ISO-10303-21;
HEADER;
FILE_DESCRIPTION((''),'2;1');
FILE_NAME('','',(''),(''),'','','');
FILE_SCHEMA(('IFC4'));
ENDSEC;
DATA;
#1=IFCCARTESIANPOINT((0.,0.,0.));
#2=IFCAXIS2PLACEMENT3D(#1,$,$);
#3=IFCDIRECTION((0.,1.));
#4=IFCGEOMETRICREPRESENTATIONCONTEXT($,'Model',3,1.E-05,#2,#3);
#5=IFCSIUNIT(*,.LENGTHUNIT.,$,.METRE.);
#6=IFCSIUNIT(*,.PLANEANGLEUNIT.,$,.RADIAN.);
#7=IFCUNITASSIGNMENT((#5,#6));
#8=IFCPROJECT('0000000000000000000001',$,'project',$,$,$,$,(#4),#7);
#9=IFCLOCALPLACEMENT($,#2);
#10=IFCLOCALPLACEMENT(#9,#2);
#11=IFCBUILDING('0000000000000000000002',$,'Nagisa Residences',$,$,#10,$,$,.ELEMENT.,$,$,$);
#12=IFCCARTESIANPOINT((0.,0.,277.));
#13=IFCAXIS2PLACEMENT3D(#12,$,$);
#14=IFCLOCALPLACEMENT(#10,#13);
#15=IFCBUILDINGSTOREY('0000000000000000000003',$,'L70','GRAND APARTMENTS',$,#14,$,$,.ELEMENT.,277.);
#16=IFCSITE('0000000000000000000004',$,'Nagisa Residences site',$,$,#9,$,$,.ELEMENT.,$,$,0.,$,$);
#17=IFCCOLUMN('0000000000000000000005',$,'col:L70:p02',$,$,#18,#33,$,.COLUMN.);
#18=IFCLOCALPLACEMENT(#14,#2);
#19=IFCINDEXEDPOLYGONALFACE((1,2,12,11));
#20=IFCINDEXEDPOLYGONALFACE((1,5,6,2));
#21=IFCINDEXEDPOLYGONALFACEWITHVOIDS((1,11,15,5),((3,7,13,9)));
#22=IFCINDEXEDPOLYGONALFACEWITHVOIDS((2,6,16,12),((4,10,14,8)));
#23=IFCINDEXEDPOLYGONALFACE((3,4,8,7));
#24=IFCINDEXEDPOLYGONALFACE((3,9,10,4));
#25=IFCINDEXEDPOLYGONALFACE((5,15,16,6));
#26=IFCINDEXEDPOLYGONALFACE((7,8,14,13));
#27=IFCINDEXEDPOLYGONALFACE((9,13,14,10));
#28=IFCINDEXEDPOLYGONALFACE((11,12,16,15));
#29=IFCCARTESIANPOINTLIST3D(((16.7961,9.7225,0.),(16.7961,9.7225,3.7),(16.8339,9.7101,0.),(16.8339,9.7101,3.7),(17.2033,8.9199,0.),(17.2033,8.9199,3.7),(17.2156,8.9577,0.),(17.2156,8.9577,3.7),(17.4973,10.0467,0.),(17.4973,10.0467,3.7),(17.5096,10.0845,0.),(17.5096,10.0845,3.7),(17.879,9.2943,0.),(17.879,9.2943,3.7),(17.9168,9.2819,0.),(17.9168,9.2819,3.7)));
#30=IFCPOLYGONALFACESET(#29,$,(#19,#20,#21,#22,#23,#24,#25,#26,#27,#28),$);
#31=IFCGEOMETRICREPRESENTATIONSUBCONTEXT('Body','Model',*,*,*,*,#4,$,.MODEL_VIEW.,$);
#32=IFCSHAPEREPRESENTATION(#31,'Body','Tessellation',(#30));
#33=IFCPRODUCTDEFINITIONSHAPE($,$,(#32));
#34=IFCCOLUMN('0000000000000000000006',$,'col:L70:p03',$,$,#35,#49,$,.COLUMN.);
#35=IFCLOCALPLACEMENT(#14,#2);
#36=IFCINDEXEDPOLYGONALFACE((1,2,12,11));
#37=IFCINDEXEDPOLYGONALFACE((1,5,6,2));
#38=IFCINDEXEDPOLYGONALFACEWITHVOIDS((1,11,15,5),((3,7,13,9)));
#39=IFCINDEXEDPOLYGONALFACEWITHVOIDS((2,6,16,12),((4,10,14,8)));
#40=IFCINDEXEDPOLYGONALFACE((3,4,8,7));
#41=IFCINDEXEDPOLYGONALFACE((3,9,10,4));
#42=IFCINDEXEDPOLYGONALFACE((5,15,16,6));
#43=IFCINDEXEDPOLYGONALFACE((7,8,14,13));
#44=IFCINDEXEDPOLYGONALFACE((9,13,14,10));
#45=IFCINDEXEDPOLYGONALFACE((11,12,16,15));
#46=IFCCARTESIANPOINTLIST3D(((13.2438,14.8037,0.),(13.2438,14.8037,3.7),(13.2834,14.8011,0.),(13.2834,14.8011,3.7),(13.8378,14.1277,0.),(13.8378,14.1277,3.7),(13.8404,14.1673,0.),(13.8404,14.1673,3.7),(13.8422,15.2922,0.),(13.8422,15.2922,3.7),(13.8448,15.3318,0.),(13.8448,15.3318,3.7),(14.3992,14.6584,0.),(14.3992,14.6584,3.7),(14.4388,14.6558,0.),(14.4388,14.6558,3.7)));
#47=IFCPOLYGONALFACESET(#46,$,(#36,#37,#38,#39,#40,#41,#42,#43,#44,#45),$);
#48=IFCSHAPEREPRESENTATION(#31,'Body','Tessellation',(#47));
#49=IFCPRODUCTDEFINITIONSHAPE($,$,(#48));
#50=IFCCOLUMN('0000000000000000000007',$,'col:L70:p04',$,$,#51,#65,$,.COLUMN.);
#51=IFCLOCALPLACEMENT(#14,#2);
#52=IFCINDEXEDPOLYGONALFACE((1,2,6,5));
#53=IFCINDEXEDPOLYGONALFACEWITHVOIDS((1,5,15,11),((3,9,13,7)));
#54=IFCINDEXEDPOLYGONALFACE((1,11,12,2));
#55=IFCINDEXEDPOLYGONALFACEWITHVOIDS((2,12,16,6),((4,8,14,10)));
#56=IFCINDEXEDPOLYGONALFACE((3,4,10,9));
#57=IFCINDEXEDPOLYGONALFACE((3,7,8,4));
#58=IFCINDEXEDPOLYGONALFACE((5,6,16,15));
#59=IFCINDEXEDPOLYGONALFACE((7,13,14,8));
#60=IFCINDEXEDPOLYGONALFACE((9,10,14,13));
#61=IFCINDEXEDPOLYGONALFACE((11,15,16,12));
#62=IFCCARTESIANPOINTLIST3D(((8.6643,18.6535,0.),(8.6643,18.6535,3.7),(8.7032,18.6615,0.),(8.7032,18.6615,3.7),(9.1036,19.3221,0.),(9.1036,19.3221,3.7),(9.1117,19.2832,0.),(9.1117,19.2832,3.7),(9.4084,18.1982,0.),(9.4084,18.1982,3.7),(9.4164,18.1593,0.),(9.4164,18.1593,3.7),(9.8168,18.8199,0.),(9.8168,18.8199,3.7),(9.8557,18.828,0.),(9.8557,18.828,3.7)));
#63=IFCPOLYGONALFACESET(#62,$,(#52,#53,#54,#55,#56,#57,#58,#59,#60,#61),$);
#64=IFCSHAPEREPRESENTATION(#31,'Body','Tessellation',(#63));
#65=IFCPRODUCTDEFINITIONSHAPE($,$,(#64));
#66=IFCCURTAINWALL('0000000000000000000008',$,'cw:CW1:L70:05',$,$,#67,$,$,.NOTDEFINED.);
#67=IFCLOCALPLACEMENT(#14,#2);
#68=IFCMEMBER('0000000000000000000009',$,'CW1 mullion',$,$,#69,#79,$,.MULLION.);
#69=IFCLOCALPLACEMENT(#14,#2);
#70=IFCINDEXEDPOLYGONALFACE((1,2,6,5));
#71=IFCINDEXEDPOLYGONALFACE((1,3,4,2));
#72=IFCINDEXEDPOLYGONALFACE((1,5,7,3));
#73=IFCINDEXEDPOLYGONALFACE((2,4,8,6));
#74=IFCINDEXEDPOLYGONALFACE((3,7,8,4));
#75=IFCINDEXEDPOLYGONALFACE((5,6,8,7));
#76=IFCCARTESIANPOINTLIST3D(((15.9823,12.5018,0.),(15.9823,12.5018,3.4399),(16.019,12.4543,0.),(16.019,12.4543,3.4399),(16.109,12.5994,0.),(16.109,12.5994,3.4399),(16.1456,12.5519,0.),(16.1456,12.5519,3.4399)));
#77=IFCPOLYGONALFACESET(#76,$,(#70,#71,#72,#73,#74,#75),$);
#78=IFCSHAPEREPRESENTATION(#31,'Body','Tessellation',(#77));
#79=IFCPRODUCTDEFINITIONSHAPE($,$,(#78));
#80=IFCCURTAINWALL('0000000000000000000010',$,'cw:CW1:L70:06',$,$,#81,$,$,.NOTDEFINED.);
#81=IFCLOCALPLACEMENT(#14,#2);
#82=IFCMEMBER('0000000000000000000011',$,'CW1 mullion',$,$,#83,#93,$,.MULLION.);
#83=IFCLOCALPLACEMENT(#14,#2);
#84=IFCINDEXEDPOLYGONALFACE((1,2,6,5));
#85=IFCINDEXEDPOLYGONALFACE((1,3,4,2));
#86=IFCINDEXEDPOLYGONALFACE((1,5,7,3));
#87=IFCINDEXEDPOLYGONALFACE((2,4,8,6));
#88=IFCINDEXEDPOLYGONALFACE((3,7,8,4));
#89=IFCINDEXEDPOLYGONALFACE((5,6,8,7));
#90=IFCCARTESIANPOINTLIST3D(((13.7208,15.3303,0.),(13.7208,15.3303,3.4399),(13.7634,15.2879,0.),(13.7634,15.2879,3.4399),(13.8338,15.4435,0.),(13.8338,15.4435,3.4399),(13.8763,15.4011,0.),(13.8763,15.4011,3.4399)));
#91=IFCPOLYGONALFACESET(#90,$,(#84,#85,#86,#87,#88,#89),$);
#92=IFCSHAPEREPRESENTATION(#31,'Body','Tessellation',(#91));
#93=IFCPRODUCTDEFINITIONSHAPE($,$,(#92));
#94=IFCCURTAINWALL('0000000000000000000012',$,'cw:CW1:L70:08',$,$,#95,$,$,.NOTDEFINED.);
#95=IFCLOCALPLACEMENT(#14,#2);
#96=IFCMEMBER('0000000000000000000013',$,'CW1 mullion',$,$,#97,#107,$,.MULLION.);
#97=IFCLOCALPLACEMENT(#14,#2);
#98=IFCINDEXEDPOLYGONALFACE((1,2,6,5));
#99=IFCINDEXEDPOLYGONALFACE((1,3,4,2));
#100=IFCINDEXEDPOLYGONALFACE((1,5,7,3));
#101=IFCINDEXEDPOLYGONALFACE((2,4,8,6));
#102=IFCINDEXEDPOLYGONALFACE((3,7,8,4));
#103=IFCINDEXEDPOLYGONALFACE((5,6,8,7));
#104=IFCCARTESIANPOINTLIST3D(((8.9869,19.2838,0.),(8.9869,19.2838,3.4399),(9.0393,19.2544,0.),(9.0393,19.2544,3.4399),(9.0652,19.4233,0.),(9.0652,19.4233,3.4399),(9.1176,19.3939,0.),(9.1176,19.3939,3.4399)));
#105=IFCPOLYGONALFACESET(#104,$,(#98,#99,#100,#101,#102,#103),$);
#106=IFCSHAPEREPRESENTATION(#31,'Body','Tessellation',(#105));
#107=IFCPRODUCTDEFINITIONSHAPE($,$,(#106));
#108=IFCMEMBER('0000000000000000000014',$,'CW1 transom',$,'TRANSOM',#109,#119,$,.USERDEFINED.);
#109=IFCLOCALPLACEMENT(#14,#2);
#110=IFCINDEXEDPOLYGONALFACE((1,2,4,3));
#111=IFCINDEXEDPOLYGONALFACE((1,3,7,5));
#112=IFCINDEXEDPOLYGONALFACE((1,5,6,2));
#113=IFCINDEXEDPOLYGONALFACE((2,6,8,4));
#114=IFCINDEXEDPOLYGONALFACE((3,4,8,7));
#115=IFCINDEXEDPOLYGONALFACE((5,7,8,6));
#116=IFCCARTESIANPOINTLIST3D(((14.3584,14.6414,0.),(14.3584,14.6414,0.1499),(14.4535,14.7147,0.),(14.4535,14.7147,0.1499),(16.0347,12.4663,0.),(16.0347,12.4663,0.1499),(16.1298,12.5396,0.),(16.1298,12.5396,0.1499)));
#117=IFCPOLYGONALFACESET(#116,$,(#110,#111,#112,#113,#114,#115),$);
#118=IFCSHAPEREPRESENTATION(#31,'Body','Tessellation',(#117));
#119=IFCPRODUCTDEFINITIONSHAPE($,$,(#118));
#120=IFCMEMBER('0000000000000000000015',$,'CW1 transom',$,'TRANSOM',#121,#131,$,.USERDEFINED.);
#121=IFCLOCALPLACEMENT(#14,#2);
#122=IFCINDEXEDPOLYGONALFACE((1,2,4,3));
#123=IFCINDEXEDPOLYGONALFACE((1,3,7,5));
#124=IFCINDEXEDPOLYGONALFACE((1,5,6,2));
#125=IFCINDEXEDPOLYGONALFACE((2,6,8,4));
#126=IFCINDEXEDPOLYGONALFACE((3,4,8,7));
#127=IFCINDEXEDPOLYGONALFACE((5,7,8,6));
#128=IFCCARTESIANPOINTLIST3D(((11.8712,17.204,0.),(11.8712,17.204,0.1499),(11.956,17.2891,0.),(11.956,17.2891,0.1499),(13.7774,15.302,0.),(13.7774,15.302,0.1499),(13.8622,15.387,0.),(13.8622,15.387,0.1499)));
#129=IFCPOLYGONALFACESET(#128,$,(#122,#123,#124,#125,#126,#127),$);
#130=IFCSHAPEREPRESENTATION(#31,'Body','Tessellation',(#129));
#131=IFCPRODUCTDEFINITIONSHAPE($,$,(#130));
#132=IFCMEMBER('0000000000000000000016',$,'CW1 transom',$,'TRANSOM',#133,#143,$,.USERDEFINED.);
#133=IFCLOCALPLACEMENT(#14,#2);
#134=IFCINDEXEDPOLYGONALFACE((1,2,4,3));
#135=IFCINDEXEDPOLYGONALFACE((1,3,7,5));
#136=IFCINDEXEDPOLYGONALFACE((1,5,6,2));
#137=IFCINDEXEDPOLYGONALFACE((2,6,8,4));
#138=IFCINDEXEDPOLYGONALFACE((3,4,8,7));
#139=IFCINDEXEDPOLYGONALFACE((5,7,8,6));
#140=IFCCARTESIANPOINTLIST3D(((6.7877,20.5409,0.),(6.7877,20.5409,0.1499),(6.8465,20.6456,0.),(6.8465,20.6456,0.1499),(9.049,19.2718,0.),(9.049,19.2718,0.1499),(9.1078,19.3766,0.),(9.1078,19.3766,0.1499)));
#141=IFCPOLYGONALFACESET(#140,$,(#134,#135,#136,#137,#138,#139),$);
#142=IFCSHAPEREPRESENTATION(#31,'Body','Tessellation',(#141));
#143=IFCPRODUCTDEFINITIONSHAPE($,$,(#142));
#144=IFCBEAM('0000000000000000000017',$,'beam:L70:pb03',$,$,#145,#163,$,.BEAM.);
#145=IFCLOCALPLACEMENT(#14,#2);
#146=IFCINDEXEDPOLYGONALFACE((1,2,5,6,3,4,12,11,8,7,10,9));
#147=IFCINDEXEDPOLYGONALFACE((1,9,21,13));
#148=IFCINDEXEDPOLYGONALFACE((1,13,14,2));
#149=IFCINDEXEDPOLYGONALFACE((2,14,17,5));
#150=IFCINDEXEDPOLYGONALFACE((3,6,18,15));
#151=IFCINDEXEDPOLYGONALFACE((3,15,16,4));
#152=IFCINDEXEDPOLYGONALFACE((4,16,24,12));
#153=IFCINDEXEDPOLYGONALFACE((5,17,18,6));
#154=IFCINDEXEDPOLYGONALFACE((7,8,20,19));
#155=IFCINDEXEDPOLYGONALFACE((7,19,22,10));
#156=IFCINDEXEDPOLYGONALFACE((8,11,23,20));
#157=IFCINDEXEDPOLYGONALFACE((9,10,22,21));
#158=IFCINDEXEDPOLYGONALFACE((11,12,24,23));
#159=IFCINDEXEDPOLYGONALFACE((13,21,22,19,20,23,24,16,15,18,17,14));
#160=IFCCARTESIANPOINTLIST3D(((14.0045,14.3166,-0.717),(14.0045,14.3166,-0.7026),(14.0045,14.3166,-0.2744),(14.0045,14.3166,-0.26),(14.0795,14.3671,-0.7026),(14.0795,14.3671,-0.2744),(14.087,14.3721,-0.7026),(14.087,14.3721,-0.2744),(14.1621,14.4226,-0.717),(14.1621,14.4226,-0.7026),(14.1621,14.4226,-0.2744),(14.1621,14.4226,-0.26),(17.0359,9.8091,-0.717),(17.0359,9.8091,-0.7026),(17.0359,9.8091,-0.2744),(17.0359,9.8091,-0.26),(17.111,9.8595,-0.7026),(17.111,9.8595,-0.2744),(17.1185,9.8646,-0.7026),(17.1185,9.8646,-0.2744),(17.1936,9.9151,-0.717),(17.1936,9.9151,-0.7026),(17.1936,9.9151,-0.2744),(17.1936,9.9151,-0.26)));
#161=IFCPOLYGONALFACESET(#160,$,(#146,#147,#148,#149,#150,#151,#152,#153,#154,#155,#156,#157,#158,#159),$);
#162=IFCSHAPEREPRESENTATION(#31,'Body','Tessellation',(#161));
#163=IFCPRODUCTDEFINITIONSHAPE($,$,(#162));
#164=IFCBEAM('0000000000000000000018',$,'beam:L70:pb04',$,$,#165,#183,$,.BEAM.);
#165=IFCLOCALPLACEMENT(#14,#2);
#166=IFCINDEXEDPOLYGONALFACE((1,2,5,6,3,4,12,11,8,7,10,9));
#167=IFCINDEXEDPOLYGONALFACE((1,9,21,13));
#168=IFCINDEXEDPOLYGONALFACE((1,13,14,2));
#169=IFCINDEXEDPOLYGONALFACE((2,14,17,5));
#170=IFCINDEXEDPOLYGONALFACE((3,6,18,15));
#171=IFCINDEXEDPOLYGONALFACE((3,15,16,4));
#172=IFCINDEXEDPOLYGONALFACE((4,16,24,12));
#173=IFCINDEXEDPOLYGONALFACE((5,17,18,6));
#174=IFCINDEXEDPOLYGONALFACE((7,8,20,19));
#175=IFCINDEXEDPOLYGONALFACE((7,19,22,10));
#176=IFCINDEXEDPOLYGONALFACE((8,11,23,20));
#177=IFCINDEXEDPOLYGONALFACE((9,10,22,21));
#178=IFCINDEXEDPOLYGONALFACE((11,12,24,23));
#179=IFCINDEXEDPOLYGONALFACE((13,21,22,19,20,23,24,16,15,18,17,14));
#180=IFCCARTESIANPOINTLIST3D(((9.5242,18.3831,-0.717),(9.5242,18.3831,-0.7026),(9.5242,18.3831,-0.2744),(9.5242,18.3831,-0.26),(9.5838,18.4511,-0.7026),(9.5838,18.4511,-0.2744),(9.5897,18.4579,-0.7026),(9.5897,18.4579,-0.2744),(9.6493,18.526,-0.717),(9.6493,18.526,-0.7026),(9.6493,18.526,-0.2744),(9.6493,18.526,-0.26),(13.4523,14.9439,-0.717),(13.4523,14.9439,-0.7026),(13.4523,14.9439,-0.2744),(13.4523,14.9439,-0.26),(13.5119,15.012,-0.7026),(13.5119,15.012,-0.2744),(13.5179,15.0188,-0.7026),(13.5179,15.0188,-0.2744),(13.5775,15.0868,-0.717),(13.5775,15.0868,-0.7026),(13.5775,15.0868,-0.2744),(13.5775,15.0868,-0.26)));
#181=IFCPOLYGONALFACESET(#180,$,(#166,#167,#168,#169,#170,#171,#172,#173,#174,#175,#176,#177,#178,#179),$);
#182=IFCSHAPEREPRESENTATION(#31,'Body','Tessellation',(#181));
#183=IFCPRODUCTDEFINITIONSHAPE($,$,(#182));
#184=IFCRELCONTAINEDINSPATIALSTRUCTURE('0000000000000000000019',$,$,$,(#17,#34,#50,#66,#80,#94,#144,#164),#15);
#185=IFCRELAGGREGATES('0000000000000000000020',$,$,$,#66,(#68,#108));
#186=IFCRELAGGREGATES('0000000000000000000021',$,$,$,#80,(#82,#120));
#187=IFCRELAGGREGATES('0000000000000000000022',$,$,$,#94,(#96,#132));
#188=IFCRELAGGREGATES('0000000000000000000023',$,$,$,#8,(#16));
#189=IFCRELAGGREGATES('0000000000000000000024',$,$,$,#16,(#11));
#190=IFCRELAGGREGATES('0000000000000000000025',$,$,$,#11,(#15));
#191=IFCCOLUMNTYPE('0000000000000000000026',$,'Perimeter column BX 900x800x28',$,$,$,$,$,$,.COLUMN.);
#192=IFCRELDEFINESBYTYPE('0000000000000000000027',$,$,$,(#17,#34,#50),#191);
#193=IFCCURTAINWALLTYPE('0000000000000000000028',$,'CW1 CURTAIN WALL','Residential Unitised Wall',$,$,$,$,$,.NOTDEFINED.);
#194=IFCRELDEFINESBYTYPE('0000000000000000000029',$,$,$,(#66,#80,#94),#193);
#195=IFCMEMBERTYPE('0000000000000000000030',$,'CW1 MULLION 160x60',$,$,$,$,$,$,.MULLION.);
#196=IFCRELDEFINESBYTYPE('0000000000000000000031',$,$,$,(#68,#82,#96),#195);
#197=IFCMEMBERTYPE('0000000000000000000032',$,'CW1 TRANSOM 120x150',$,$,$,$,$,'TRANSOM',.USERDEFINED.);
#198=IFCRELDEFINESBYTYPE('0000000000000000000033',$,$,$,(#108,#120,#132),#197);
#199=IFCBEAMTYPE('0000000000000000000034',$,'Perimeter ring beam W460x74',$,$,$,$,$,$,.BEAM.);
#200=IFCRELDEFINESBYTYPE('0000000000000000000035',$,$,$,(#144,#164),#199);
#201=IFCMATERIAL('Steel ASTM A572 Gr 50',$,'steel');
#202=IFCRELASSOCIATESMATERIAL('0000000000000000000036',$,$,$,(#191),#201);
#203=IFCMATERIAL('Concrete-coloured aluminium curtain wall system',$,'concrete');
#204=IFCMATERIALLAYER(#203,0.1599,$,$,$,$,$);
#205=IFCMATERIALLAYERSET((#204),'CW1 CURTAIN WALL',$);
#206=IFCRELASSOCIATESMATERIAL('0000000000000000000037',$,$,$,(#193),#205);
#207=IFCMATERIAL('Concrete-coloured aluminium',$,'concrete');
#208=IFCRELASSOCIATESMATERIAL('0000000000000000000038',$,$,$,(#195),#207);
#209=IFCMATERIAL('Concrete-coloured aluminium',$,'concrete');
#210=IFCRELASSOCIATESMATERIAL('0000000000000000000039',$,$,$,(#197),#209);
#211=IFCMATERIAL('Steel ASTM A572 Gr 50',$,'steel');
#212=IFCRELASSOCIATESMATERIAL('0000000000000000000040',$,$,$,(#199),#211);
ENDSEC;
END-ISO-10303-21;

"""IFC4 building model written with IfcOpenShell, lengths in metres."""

from ifc_helpers import new_model, si_unit, direction, frame, origin, origin_2d, place, context, subcontext, project, spatial, rectangle, hollow_rectangle, i_section, extrude, material, layer, layer_set, material_profile, profile_set, type_object, element, aggregate, save


model = new_model("IFC4")

# Units and contexts
model_context = context("Model", 3, precision=1e-05, world=origin(), true_north=direction((0.0, 1.0)))
body_context = subcontext(model_context, "Body", "Model", "MODEL_VIEW")
ifc_project = project(units=[si_unit("LENGTHUNIT", "METRE"), si_unit("PLANEANGLEUNIT", "RADIAN")], contexts=[model_context])

# Site, building, storey
site_placement = place(None, origin())
site = spatial("IfcSite", under=ifc_project, at=site_placement, Name="Nagisa Residences site", CompositionType="ELEMENT", RefElevation=0.0)
building_placement = place(site_placement, origin())
building = spatial("IfcBuilding", under=site, at=building_placement, Name="Nagisa Residences", CompositionType="ELEMENT")
storey_placement = place(building_placement, frame((0.0, 0.0, 277.0)))
storey = spatial("IfcBuildingStorey", under=building, at=storey_placement, Name="L70", Description="GRAND APARTMENTS", CompositionType="ELEMENT", Elevation=277.0)

# Columns
ifc_material_1 = material(Name="Steel ASTM A572 Gr 50", Category="steel")
ifc_material_profile_1 = material_profile(ifc_material_1, hollow_rectangle(XDim=0.8999, YDim=0.8, WallThickness=0.0281, at=origin_2d()), Name="BX 900x800x28")
ifc_profile_set_1 = profile_set([ifc_material_profile_1], Name="Steel ASTM A572 Gr 50")
column_type = type_object("IfcColumnType", Name="Perimeter column BX 900x800x28", PredefinedType="COLUMN", material=ifc_profile_set_1)
for number, where, z_axis, x_axis, name in (
    (1, (17.3564, 9.5022, 0.0), (0.0, 0.0, 1.0), (-0.452463, 0.891783, 0.0), "col:L70:p02"),
    (2, (13.8413, 14.7297, 0.0), (0.0, 0.0, 1.0), (-0.660115, 0.751165, 0.0), "col:L70:p03"),
    (3, (9.26, 18.7407, 0.0), (0.0, 0.0, 1.0), (-0.835766, 0.549086, 0.0), "col:L70:p04"),
):
    element("IfcColumn", number, at=place(storey_placement, frame(where, z_axis=z_axis, x_axis=x_axis)), inside=storey, type_object=column_type, Name=name, PredefinedType="COLUMN", context=body_context, shape_type="SweptSolid", body=[
        extrude(hollow_rectangle(XDim=0.8999, YDim=0.8, WallThickness=0.0281, at=origin_2d()), origin(), (0.0, 0.0, 1.0), 3.7),
    ])

# Curtain walls, members
ifc_material_2 = material(Name="Concrete-coloured aluminium curtain wall system", Category="concrete")
ifc_layer_1 = layer(ifc_material_2, 0.1599)
ifc_layer_set_1 = layer_set([ifc_layer_1], Name="CW1 CURTAIN WALL")
curtain_wall_type = type_object("IfcCurtainWallType", Name="CW1 CURTAIN WALL", Description="Residential Unitised Wall", PredefinedType="NOTDEFINED", material=ifc_layer_set_1)
curtain_wall_1_placement = place(storey_placement, origin())
curtain_wall_1 = element("IfcCurtainWall", 4, at=curtain_wall_1_placement, inside=storey, type_object=curtain_wall_type, Name="cw:CW1:L70:05", PredefinedType="NOTDEFINED")
ifc_material_3 = material(Name="Concrete-coloured aluminium", Category="concrete")
ifc_material_profile_2 = material_profile(ifc_material_3, rectangle(XDim=0.1599, YDim=0.0601, at=origin_2d()), Name="CW1 MULLION 160x60")
ifc_profile_set_2 = profile_set([ifc_material_profile_2], Name="Concrete-coloured aluminium")
member_type_1 = type_object("IfcMemberType", Name="CW1 MULLION 160x60", PredefinedType="MULLION", material=ifc_profile_set_2)
member_1_placement = place(storey_placement, frame((16.064, 12.5269, 0.0), z_axis=(0.0, 0.0, 1.0), x_axis=(-0.79207, -0.61043, 0.0)))
member_1 = element("IfcMember", 5, at=member_1_placement, type_object=member_type_1, Name="CW1 mullion", PredefinedType="MULLION", context=body_context, shape_type="SweptSolid", body=[
    extrude(rectangle(XDim=0.1599, YDim=0.0601, at=origin_2d()), origin(), (0.0, 0.0, 1.0), 3.4399),
])
curtain_wall_2_placement = place(storey_placement, origin())
curtain_wall_2 = element("IfcCurtainWall", 6, at=curtain_wall_2_placement, inside=storey, type_object=curtain_wall_type, Name="cw:CW1:L70:06", PredefinedType="NOTDEFINED")
member_2_placement = place(storey_placement, frame((13.7986, 15.3657, 0.0), z_axis=(0.0, 0.0, 1.0), x_axis=(-0.706377, -0.707836, 0.0)))
member_2 = element("IfcMember", 7, at=member_2_placement, type_object=member_type_1, Name="CW1 mullion", PredefinedType="MULLION", context=body_context, shape_type="SweptSolid", body=[
    extrude(rectangle(XDim=0.1599, YDim=0.0601, at=origin_2d()), origin(), (0.0, 0.0, 1.0), 3.4399),
])
curtain_wall_3_placement = place(storey_placement, origin())
curtain_wall_3 = element("IfcCurtainWall", 8, at=curtain_wall_3_placement, inside=storey, type_object=curtain_wall_type, Name="cw:CW1:L70:08", PredefinedType="NOTDEFINED")
member_3_placement = place(storey_placement, frame((9.0522, 19.3389, 0.0), z_axis=(0.0, 0.0, 1.0), x_axis=(-0.489377, -0.872072, 0.0)))
member_3 = element("IfcMember", 9, at=member_3_placement, type_object=member_type_1, Name="CW1 mullion", PredefinedType="MULLION", context=body_context, shape_type="SweptSolid", body=[
    extrude(rectangle(XDim=0.1599, YDim=0.0601, at=origin_2d()), origin(), (0.0, 0.0, 1.0), 3.4399),
])

# Members
ifc_material_4 = material(Name="Concrete-coloured aluminium", Category="concrete")
ifc_material_profile_3 = material_profile(ifc_material_4, rectangle(XDim=0.1201, YDim=0.1499, at=origin_2d()), Name="CW1 TRANSOM 120x150")
ifc_profile_set_3 = profile_set([ifc_material_profile_3], Name="Concrete-coloured aluminium")
member_type_2 = type_object("IfcMemberType", Name="CW1 TRANSOM 120x150", ElementType="TRANSOM", PredefinedType="USERDEFINED", material=ifc_profile_set_3)
member_4_placement = place(storey_placement, frame((16.0823, 12.5029, 0.075), z_axis=(-0.610432, 0.792068, 0.0), x_axis=(-0.792068, -0.610432, 0.0)))
member_4 = element("IfcMember", 10, at=member_4_placement, type_object=member_type_2, Name="CW1 transom", ObjectType="TRANSOM", PredefinedType="USERDEFINED", context=body_context, shape_type="SweptSolid", body=[
    extrude(rectangle(XDim=0.1201, YDim=0.1499, at=origin_2d()), origin(), (0.0, 0.0, 1.0), 2.7461),
])
member_5_placement = place(storey_placement, frame((13.8198, 15.3445, 0.075), z_axis=(-0.707877, 0.706336, 0.0), x_axis=(-0.706336, -0.707877, 0.0)))
member_5 = element("IfcMember", 11, at=member_5_placement, type_object=member_type_2, Name="CW1 transom", ObjectType="TRANSOM", PredefinedType="USERDEFINED", context=body_context, shape_type="SweptSolid", body=[
    extrude(rectangle(XDim=0.1201, YDim=0.1499, at=origin_2d()), origin(), (0.0, 0.0, 1.0), 2.6929),
])
member_6_placement = place(storey_placement, frame((9.0784, 19.3242, 0.075), z_axis=(-0.872053, 0.489412, 0.0), x_axis=(-0.489412, -0.872053, 0.0)))
member_6 = element("IfcMember", 12, at=member_6_placement, type_object=member_type_2, Name="CW1 transom", ObjectType="TRANSOM", PredefinedType="USERDEFINED", context=body_context, shape_type="SweptSolid", body=[
    extrude(rectangle(XDim=0.1201, YDim=0.1499, at=origin_2d()), origin(), (0.0, 0.0, 1.0), 2.593),
])

# Beams
ifc_material_5 = material(Name="Steel ASTM A572 Gr 50", Category="steel")
ifc_material_profile_4 = material_profile(ifc_material_5, i_section(OverallWidth=0.1899, OverallDepth=0.457, WebThickness=0.009, FlangeThickness=0.0144, at=origin_2d()), Name="W460x74")
ifc_profile_set_4 = profile_set([ifc_material_profile_4], Name="Steel ASTM A572 Gr 50")
beam_type_1 = type_object("IfcBeamType", Name="Perimeter ring beam W460x74", PredefinedType="BEAM", material=ifc_profile_set_4)
beam_1_placement = place(storey_placement, frame((17.1147, 9.8621, -0.4885), z_axis=(-0.558066, 0.829796, 0.0), x_axis=(-0.829796, -0.558066, 0.0)))
element("IfcBeam", 13, at=beam_1_placement, inside=storey, type_object=beam_type_1, Name="beam:L70:pb03", PredefinedType="BEAM", context=body_context, shape_type="SweptSolid", body=[
    extrude(i_section(OverallWidth=0.1899, OverallDepth=0.457, WebThickness=0.009, FlangeThickness=0.0144, at=origin_2d()), origin(), (0.0, 0.0, 1.0), 5.4321),
])
beam_2_placement = place(storey_placement, frame((13.5149, 15.0154, -0.4885), z_axis=(-0.752385, 0.658723, 0.0), x_axis=(-0.658723, -0.752385, 0.0)))
element("IfcBeam", 14, at=beam_2_placement, inside=storey, type_object=beam_type_1, Name="beam:L70:pb04", PredefinedType="BEAM", context=body_context, shape_type="SweptSolid", body=[
    extrude(i_section(OverallWidth=0.1899, OverallDepth=0.457, WebThickness=0.009, FlangeThickness=0.0144, at=origin_2d()), origin(), (0.0, 0.0, 1.0), 5.2209),
])

aggregate(curtain_wall_1, [member_1, member_4])
aggregate(curtain_wall_2, [member_2, member_5])
aggregate(curtain_wall_3, [member_3, member_6])

save(model, "model.ifc")
